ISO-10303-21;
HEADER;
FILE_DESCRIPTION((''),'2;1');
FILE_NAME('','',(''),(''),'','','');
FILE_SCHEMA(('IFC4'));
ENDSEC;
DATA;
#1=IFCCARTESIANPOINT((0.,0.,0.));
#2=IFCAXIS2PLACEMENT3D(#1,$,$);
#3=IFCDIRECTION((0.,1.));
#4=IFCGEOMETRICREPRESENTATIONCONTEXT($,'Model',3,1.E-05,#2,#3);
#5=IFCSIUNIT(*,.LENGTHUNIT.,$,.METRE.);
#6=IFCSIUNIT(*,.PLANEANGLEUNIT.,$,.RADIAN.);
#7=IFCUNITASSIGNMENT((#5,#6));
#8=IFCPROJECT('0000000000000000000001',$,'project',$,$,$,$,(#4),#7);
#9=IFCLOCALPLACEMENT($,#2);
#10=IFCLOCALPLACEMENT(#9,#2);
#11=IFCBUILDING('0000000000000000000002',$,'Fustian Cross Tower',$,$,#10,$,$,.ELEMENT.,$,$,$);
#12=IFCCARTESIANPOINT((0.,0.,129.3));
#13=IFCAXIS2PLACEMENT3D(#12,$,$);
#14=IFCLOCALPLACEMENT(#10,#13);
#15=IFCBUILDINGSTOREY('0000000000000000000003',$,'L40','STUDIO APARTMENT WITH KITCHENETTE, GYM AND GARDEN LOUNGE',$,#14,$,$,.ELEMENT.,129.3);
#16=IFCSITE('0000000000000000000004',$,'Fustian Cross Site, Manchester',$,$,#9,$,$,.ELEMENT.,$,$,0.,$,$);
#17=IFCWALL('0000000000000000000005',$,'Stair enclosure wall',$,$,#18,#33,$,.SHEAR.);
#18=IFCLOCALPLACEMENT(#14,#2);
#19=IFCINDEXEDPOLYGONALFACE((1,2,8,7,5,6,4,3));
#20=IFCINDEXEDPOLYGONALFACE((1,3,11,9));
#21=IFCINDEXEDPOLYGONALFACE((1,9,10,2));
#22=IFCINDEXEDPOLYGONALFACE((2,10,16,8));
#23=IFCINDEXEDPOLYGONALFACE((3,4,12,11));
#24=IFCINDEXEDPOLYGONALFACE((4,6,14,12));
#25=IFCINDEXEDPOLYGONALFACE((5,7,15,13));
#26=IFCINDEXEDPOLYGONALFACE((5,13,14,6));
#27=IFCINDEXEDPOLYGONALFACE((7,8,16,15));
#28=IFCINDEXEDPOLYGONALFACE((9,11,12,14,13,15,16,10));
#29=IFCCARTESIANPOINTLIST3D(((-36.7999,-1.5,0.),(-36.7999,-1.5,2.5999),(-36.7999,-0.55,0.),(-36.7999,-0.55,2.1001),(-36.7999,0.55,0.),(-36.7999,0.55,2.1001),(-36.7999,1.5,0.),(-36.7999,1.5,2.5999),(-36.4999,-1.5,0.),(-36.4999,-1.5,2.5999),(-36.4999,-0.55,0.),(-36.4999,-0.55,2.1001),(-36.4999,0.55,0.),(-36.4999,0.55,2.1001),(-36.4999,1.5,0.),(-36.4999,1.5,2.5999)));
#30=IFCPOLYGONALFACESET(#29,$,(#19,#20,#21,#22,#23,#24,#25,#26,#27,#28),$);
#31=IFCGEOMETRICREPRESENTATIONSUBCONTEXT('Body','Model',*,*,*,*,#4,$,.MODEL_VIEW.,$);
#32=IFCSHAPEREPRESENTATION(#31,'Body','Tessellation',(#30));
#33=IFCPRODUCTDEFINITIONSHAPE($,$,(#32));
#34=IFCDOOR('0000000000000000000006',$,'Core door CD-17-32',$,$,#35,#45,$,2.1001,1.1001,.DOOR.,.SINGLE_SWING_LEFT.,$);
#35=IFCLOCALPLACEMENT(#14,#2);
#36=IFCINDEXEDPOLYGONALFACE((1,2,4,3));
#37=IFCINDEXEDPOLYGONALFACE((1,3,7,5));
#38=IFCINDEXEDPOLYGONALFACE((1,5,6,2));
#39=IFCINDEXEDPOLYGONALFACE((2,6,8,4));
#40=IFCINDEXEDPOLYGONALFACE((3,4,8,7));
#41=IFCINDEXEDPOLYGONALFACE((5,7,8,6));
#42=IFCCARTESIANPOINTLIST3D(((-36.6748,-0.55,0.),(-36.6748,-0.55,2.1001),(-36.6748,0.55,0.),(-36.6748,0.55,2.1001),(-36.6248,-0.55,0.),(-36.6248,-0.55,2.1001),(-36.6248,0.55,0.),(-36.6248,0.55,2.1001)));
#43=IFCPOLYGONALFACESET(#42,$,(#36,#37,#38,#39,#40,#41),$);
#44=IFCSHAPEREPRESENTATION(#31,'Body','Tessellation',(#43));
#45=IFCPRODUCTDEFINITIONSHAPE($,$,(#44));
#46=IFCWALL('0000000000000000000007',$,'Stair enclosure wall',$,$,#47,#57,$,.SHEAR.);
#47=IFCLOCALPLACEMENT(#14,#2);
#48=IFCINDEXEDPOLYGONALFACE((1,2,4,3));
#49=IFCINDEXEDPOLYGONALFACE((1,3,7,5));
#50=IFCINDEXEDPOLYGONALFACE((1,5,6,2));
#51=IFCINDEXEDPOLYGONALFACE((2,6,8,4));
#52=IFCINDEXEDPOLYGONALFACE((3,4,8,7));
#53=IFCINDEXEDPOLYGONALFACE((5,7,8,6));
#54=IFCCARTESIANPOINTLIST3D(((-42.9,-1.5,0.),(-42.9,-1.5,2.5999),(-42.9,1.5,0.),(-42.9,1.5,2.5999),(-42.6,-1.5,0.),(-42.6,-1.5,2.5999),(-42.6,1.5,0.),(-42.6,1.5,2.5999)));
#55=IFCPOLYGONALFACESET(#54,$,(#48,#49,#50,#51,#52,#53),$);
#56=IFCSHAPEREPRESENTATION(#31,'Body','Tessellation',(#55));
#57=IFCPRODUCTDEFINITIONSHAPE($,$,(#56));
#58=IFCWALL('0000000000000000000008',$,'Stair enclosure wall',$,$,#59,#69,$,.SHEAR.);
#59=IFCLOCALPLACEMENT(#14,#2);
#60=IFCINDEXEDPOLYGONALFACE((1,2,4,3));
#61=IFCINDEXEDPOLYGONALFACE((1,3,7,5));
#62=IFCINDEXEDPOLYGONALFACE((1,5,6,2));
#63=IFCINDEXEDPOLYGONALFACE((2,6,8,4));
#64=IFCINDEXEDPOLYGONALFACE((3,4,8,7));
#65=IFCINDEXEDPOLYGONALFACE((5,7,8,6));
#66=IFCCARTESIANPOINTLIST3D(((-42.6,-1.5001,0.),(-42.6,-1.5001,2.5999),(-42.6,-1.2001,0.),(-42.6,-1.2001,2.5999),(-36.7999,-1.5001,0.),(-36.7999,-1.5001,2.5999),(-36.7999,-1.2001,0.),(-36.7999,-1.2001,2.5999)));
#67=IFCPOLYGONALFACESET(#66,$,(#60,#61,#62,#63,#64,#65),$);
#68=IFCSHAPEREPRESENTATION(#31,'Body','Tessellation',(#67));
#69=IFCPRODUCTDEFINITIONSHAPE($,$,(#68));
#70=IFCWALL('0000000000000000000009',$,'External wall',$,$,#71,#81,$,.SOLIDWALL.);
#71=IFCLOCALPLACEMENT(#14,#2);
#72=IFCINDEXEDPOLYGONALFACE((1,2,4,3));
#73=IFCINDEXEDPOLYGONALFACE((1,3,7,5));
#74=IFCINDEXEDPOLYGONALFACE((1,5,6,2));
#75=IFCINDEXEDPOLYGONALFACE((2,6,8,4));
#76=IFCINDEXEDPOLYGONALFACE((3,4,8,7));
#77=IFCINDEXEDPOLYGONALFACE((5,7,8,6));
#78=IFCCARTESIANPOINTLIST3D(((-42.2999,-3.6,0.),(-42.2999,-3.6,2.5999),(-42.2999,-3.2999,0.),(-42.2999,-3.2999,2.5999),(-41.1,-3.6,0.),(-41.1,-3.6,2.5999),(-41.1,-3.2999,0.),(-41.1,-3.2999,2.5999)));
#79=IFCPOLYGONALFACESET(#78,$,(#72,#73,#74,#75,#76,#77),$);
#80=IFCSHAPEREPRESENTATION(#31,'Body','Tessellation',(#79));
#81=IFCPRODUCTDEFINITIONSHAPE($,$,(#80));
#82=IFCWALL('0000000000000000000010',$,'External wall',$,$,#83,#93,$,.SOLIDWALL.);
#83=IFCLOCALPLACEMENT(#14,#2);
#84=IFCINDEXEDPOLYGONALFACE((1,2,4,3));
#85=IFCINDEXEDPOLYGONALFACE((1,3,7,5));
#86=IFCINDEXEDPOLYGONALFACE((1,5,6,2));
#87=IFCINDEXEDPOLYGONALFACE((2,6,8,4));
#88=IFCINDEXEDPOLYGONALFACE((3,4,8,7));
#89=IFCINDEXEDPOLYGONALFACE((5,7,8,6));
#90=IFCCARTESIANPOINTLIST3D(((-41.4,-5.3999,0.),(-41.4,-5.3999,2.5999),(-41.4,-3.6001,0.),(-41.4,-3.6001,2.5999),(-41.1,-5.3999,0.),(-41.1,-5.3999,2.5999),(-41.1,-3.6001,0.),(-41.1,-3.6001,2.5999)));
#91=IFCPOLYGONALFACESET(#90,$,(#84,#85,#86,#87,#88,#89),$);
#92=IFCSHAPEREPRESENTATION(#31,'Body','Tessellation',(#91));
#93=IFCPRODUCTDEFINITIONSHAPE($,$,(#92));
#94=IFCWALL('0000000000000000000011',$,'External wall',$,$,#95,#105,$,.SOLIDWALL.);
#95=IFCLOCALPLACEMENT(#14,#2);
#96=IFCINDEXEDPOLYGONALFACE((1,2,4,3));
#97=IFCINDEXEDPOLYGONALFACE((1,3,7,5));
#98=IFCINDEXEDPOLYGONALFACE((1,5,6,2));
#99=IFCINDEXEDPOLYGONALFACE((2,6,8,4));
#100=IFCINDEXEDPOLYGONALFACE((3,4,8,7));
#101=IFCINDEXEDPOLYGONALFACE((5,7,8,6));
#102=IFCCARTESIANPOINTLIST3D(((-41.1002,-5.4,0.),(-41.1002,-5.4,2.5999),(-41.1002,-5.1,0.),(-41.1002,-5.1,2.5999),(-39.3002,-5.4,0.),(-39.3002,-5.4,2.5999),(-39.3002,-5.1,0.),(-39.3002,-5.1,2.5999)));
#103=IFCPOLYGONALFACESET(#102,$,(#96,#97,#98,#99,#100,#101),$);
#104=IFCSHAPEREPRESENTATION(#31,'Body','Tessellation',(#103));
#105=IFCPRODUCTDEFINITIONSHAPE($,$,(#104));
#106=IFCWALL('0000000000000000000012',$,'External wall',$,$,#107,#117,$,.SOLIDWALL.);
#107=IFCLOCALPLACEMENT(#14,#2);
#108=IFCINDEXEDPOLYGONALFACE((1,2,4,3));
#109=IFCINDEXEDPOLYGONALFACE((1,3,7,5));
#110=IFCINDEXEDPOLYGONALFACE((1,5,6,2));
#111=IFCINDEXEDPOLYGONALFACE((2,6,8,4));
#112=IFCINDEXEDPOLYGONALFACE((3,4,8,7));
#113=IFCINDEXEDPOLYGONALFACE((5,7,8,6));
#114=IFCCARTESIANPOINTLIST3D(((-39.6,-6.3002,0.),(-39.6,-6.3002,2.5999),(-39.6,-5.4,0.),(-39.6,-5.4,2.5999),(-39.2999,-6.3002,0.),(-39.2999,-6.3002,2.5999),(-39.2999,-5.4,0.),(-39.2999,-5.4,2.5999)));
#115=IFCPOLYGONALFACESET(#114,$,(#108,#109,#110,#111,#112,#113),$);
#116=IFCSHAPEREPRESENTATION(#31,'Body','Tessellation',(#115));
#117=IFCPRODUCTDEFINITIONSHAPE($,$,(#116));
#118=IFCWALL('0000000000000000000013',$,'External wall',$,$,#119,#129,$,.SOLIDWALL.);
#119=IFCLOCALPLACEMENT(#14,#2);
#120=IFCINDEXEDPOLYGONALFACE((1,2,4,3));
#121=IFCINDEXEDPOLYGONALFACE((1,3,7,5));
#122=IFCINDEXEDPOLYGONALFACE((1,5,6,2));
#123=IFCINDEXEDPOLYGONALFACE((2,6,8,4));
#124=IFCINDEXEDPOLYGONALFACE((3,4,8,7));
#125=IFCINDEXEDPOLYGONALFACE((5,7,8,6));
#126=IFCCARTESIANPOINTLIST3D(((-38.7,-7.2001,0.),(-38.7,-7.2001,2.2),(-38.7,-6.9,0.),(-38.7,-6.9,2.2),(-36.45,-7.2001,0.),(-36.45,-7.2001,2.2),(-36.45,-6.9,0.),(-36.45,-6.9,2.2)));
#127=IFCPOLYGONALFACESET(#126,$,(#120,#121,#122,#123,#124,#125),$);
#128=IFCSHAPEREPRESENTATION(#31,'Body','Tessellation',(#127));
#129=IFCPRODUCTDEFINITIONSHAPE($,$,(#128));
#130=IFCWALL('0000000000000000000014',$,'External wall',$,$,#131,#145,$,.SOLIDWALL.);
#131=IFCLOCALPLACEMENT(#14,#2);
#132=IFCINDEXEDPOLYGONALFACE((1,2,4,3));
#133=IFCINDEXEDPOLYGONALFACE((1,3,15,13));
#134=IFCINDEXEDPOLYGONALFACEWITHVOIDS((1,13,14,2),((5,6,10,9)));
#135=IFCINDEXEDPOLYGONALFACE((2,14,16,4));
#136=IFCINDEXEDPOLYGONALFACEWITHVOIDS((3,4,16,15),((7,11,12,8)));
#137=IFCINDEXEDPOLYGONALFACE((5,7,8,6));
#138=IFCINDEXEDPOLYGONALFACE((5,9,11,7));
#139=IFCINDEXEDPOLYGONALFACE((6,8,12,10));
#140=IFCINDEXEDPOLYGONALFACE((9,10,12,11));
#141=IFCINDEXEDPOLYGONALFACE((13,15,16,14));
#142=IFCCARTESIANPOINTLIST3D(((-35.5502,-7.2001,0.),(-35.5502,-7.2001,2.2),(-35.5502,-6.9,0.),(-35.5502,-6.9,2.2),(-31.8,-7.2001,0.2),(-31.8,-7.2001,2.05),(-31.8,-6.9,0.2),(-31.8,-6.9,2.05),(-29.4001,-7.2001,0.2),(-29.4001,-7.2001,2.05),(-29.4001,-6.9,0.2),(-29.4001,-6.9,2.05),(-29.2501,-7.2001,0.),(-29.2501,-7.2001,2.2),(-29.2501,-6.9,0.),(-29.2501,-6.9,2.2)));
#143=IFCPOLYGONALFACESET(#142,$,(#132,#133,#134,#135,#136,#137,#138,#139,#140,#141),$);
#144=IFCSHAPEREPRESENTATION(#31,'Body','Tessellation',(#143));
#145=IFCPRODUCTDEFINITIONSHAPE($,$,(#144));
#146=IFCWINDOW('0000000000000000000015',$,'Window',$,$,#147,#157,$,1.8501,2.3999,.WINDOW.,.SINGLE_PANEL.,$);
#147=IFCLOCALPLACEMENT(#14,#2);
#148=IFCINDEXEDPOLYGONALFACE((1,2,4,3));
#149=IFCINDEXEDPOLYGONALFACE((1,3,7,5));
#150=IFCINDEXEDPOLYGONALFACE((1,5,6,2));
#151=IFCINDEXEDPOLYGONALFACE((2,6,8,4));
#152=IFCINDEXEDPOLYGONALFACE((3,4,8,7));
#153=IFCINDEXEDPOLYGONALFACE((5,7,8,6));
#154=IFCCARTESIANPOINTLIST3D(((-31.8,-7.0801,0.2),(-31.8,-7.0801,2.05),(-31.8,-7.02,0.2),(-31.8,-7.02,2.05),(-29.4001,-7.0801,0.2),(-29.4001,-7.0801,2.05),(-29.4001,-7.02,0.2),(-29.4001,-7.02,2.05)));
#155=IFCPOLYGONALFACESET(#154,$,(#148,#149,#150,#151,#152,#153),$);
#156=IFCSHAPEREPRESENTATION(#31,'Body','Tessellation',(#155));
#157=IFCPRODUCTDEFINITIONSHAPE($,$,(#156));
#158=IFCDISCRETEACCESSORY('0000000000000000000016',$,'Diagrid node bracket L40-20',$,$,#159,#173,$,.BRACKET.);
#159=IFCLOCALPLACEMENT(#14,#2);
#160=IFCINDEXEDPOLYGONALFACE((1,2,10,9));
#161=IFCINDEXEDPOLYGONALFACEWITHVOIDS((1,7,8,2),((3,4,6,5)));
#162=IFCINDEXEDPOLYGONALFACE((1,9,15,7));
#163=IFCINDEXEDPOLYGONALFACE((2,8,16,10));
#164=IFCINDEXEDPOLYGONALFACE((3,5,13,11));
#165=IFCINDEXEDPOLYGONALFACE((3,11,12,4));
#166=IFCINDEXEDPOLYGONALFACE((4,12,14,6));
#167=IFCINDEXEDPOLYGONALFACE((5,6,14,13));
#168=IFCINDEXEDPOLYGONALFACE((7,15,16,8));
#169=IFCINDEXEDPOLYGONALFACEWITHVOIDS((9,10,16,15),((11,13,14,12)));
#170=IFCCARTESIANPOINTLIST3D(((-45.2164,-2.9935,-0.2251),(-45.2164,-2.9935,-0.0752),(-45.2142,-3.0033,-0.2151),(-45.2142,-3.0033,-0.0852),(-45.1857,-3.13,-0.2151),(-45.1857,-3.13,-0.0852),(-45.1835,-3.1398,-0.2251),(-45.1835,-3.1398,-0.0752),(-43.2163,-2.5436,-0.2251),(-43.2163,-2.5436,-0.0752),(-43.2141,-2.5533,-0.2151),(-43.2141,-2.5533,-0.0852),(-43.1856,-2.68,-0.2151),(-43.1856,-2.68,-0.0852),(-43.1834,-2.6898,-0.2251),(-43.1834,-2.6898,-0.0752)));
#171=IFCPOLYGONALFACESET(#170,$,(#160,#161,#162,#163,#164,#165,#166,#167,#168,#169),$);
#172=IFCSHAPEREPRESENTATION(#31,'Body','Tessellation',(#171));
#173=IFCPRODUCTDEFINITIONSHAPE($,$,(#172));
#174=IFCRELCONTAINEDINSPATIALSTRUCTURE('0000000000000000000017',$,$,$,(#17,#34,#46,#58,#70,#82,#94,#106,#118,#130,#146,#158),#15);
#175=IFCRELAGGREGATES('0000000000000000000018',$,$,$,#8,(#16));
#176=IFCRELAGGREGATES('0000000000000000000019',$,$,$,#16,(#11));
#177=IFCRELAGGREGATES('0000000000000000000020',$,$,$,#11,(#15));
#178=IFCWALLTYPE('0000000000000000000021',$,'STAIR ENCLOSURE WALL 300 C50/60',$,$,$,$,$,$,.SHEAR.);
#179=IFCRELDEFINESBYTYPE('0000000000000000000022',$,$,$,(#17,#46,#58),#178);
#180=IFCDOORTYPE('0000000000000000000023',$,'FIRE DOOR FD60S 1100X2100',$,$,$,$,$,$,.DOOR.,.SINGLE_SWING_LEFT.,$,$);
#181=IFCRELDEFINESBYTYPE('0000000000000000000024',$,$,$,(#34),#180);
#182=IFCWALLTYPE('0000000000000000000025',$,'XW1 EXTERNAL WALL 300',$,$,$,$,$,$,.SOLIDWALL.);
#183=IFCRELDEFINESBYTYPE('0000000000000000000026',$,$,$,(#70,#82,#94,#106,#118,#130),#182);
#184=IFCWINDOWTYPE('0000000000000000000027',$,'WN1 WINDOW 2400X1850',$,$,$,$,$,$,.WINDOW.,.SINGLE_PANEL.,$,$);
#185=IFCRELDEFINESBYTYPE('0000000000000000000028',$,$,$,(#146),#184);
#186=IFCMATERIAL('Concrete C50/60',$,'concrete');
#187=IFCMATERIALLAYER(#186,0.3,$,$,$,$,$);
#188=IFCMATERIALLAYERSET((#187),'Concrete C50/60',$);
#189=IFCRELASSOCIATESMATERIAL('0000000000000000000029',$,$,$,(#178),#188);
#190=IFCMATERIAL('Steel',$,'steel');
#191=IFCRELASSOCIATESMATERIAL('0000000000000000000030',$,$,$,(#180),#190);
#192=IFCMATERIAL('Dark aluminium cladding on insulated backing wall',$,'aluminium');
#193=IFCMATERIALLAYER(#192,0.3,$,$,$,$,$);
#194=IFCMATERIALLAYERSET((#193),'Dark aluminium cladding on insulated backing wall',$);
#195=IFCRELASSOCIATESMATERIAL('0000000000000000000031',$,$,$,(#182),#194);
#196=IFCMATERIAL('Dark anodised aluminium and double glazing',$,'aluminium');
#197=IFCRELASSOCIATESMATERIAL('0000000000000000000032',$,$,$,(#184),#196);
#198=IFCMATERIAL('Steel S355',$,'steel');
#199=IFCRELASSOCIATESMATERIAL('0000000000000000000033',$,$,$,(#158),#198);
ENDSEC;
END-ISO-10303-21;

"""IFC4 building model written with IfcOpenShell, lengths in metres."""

from ifc_helpers import new_model, si_unit, direction, frame, frame_2d, origin, origin_2d, place, context, subcontext, project, spatial, rectangle, hollow_rectangle, extrude, material, layer, layer_set, type_object, element, fill, save


model = new_model("IFC4")

# Units and contexts
model_context = context("Model", 3, precision=1e-05, world=origin(), true_north=direction((0.0, 1.0)))
body_context = subcontext(model_context, "Body", "Model", "MODEL_VIEW")
ifc_project = project(units=[si_unit("LENGTHUNIT", "METRE"), si_unit("PLANEANGLEUNIT", "RADIAN")], contexts=[model_context])

# Site, building, storey
site_placement = place(None, origin())
site = spatial("IfcSite", under=ifc_project, at=site_placement, Name="Fustian Cross Site, Manchester", CompositionType="ELEMENT", RefElevation=0.0)
building_placement = place(site_placement, origin())
building = spatial("IfcBuilding", under=site, at=building_placement, Name="Fustian Cross Tower", CompositionType="ELEMENT")
storey_placement = place(building_placement, frame((0.0, 0.0, 129.3)))
storey = spatial("IfcBuildingStorey", under=building, at=storey_placement, Name="L40", Description="STUDIO APARTMENT WITH KITCHENETTE, GYM AND GARDEN LOUNGE", CompositionType="ELEMENT", Elevation=129.3)

# Wall, opening, door
ifc_material_1 = material(Name="Concrete C50/60", Category="concrete")
ifc_layer_1 = layer(ifc_material_1, 0.3)
ifc_layer_set_1 = layer_set([ifc_layer_1], Name="Concrete C50/60")
wall_type_1 = type_object("IfcWallType", Name="STAIR ENCLOSURE WALL 300 C50/60", PredefinedType="SHEAR", material=ifc_layer_set_1)
wall_1_placement = place(storey_placement, frame((-36.6499, -1.5, 0.0), z_axis=(0.0, 0.0, 1.0), x_axis=(0.0, 1.0, 0.0)))
wall_1 = element("IfcWall", 1, at=wall_1_placement, inside=storey, type_object=wall_type_1, Name="Stair enclosure wall", PredefinedType="SHEAR", context=body_context, shape_type="SweptSolid", body=[
    extrude(rectangle(XDim=3.0, YDim=0.3, at=frame_2d((1.5, 0.0))), origin(), (0.0, 0.0, 1.0), 2.5999),
])
opening_1_placement = place(wall_1_placement, frame((0.95, 0.0, 0.0)))
opening_1 = element("IfcOpeningElement", 2, at=opening_1_placement, cuts=wall_1, PredefinedType="OPENING", context=body_context, shape_type="SweptSolid", body=[
    extrude(rectangle(XDim=1.1001, YDim=2.1001, at=frame_2d((0.55, 1.05))), frame((0.0, 0.1599, 0.0), z_axis=(0.0, -1.0, 0.0), x_axis=(1.0, 0.0, 0.0)), (0.0, 0.0, 1.0), 0.3201),
])
ifc_material_2 = material(Name="Steel", Category="steel")
door_type = type_object("IfcDoorType", Name="FIRE DOOR FD60S 1100X2100", OperationType="SINGLE_SWING_LEFT", PredefinedType="DOOR", material=ifc_material_2)
door_placement = place(opening_1_placement, origin())
door = element("IfcDoor", 3, at=door_placement, inside=storey, type_object=door_type, Name="Core door CD-17-32", OperationType="SINGLE_SWING_LEFT", OverallHeight=2.1001, OverallWidth=1.1001, PredefinedType="DOOR", context=body_context, shape_type="SweptSolid", body=[
    extrude(rectangle(XDim=1.1001, YDim=2.1001, at=frame_2d((0.55, 1.05))), frame((0.0, 0.0249, 0.0), z_axis=(0.0, -1.0, 0.0), x_axis=(1.0, 0.0, 0.0)), (0.0, 0.0, 1.0), 0.05),
])
fill(opening_1, door)

# Walls
wall_2_placement = place(storey_placement, frame((-42.75, -1.5, 0.0), z_axis=(0.0, 0.0, 1.0), x_axis=(0.0, 1.0, 0.0)))
element("IfcWall", 4, at=wall_2_placement, inside=storey, type_object=wall_type_1, Name="Stair enclosure wall", PredefinedType="SHEAR", context=body_context, shape_type="SweptSolid", body=[
    extrude(rectangle(XDim=3.0, YDim=0.3, at=frame_2d((1.5, 0.0))), origin(), (0.0, 0.0, 1.0), 2.5999),
])
wall_3_placement = place(storey_placement, frame((-36.8, -1.3501, 0.0), z_axis=(0.0, 0.0, 1.0), x_axis=(-1.0, 0.0, 0.0)))
element("IfcWall", 5, at=wall_3_placement, inside=storey, type_object=wall_type_1, Name="Stair enclosure wall", PredefinedType="SHEAR", context=body_context, shape_type="SweptSolid", body=[
    extrude(rectangle(XDim=5.8, YDim=0.3, at=frame_2d((2.8999, 0.0))), origin(), (0.0, 0.0, 1.0), 2.5999),
])
ifc_material_3 = material(Name="Dark aluminium cladding on insulated backing wall", Category="aluminium")
ifc_layer_2 = layer(ifc_material_3, 0.3)
ifc_layer_set_2 = layer_set([ifc_layer_2], Name="Dark aluminium cladding on insulated backing wall")
wall_type_2 = type_object("IfcWallType", Name="XW1 EXTERNAL WALL 300", PredefinedType="SOLIDWALL", material=ifc_layer_set_2)
wall_4_placement = place(storey_placement, frame((-42.3, -3.45, 0.0), z_axis=(0.0, 0.0, 1.0), x_axis=(1.0, 0.0, 0.0)))
element("IfcWall", 6, at=wall_4_placement, inside=storey, type_object=wall_type_2, Name="External wall", PredefinedType="SOLIDWALL", context=body_context, shape_type="SweptSolid", body=[
    extrude(rectangle(XDim=1.2, YDim=0.3, at=frame_2d((0.6001, 0.0))), origin(), (0.0, 0.0, 1.0), 2.5999),
])
wall_5_placement = place(storey_placement, frame((-41.25, -3.6001, 0.0), z_axis=(0.0, 0.0, 1.0), x_axis=(0.0, -1.0, 0.0)))
element("IfcWall", 7, at=wall_5_placement, inside=storey, type_object=wall_type_2, Name="External wall", PredefinedType="SOLIDWALL", context=body_context, shape_type="SweptSolid", body=[
    extrude(rectangle(XDim=1.7998, YDim=0.3, at=frame_2d((0.8999, 0.0))), origin(), (0.0, 0.0, 1.0), 2.5999),
])
wall_6_placement = place(storey_placement, frame((-41.1001, -5.25, 0.0), z_axis=(0.0, 0.0, 1.0), x_axis=(1.0, 0.0, 0.0)))
element("IfcWall", 8, at=wall_6_placement, inside=storey, type_object=wall_type_2, Name="External wall", PredefinedType="SOLIDWALL", context=body_context, shape_type="SweptSolid", body=[
    extrude(rectangle(XDim=1.8, YDim=0.3, at=frame_2d((0.8999, 0.0))), origin(), (0.0, 0.0, 1.0), 2.5999),
])
wall_7_placement = place(storey_placement, frame((-39.45, -5.3999, 0.0), z_axis=(0.0, 0.0, 1.0), x_axis=(0.0, -1.0, 0.0)))
element("IfcWall", 9, at=wall_7_placement, inside=storey, type_object=wall_type_2, Name="External wall", PredefinedType="SOLIDWALL", context=body_context, shape_type="SweptSolid", body=[
    extrude(rectangle(XDim=0.9001, YDim=0.3, at=frame_2d((0.4502, 0.0))), origin(), (0.0, 0.0, 1.0), 2.5999),
])
wall_8_placement = place(storey_placement, frame((-38.7, -7.05, 0.0), z_axis=(0.0, 0.0, 1.0), x_axis=(1.0, 0.0, 0.0)))
element("IfcWall", 10, at=wall_8_placement, inside=storey, type_object=wall_type_2, Name="External wall", PredefinedType="SOLIDWALL", context=body_context, shape_type="SweptSolid", body=[
    extrude(rectangle(XDim=2.25, YDim=0.3, at=frame_2d((1.125, 0.0))), origin(), (0.0, 0.0, 1.0), 2.2),
])

# Wall, opening, window
wall_9_placement = place(storey_placement, frame((-35.55, -7.05, 0.0), z_axis=(0.0, 0.0, 1.0), x_axis=(1.0, 0.0, 0.0)))
wall_9 = element("IfcWall", 11, at=wall_9_placement, inside=storey, type_object=wall_type_2, Name="External wall", PredefinedType="SOLIDWALL", context=body_context, shape_type="SweptSolid", body=[
    extrude(rectangle(XDim=6.3, YDim=0.3, at=frame_2d((3.1499, 0.0))), origin(), (0.0, 0.0, 1.0), 2.2),
])
opening_2_placement = place(wall_9_placement, frame((3.75, 0.0, 0.2)))
opening_2 = element("IfcOpeningElement", 12, at=opening_2_placement, cuts=wall_9, PredefinedType="OPENING", context=body_context, shape_type="SweptSolid", body=[
    extrude(rectangle(XDim=2.3999, YDim=1.8501, at=frame_2d((1.2, 0.925))), frame((0.0, 0.1599, 0.0), z_axis=(0.0, -1.0, 0.0), x_axis=(1.0, 0.0, 0.0)), (0.0, 0.0, 1.0), 0.3201),
])
ifc_material_4 = material(Name="Dark anodised aluminium and double glazing", Category="aluminium")
window_type = type_object("IfcWindowType", Name="WN1 WINDOW 2400X1850", PartitioningType="SINGLE_PANEL", PredefinedType="WINDOW", material=ifc_material_4)
window_placement = place(opening_2_placement, origin())
window = element("IfcWindow", 13, at=window_placement, inside=storey, type_object=window_type, Name="Window", OverallHeight=1.8501, OverallWidth=2.3999, PartitioningType="SINGLE_PANEL", PredefinedType="WINDOW", context=body_context, shape_type="SweptSolid", body=[
    extrude(rectangle(XDim=2.3999, YDim=1.8501, at=frame_2d((1.2, 0.925))), frame((0.0, 0.03, 0.0), z_axis=(0.0, -1.0, 0.0), x_axis=(1.0, 0.0, 0.0)), (0.0, 0.0, 1.0), 0.0601),
])
fill(opening_2, window)

# Discrete accessory
ifc_material_5 = material(Name="Steel S355", Category="steel")
discrete_accessory_1_placement = place(storey_placement, frame((-45.2, -3.0667, -0.1501), z_axis=(0.975615, 0.21949, 0.0), x_axis=(-0.21949, 0.975615, 0.0)))
element("IfcDiscreteAccessory", 14, at=discrete_accessory_1_placement, inside=storey, material=ifc_material_5, Name="Diagrid node bracket L40-20", PredefinedType="BRACKET", context=body_context, shape_type="SweptSolid", body=[
    extrude(hollow_rectangle(XDim=0.1499, YDim=0.1499, WallThickness=0.01, at=origin_2d()), origin(), (0.0, 0.0, 1.0), 2.05),
])

save(model, "model.ifc")
